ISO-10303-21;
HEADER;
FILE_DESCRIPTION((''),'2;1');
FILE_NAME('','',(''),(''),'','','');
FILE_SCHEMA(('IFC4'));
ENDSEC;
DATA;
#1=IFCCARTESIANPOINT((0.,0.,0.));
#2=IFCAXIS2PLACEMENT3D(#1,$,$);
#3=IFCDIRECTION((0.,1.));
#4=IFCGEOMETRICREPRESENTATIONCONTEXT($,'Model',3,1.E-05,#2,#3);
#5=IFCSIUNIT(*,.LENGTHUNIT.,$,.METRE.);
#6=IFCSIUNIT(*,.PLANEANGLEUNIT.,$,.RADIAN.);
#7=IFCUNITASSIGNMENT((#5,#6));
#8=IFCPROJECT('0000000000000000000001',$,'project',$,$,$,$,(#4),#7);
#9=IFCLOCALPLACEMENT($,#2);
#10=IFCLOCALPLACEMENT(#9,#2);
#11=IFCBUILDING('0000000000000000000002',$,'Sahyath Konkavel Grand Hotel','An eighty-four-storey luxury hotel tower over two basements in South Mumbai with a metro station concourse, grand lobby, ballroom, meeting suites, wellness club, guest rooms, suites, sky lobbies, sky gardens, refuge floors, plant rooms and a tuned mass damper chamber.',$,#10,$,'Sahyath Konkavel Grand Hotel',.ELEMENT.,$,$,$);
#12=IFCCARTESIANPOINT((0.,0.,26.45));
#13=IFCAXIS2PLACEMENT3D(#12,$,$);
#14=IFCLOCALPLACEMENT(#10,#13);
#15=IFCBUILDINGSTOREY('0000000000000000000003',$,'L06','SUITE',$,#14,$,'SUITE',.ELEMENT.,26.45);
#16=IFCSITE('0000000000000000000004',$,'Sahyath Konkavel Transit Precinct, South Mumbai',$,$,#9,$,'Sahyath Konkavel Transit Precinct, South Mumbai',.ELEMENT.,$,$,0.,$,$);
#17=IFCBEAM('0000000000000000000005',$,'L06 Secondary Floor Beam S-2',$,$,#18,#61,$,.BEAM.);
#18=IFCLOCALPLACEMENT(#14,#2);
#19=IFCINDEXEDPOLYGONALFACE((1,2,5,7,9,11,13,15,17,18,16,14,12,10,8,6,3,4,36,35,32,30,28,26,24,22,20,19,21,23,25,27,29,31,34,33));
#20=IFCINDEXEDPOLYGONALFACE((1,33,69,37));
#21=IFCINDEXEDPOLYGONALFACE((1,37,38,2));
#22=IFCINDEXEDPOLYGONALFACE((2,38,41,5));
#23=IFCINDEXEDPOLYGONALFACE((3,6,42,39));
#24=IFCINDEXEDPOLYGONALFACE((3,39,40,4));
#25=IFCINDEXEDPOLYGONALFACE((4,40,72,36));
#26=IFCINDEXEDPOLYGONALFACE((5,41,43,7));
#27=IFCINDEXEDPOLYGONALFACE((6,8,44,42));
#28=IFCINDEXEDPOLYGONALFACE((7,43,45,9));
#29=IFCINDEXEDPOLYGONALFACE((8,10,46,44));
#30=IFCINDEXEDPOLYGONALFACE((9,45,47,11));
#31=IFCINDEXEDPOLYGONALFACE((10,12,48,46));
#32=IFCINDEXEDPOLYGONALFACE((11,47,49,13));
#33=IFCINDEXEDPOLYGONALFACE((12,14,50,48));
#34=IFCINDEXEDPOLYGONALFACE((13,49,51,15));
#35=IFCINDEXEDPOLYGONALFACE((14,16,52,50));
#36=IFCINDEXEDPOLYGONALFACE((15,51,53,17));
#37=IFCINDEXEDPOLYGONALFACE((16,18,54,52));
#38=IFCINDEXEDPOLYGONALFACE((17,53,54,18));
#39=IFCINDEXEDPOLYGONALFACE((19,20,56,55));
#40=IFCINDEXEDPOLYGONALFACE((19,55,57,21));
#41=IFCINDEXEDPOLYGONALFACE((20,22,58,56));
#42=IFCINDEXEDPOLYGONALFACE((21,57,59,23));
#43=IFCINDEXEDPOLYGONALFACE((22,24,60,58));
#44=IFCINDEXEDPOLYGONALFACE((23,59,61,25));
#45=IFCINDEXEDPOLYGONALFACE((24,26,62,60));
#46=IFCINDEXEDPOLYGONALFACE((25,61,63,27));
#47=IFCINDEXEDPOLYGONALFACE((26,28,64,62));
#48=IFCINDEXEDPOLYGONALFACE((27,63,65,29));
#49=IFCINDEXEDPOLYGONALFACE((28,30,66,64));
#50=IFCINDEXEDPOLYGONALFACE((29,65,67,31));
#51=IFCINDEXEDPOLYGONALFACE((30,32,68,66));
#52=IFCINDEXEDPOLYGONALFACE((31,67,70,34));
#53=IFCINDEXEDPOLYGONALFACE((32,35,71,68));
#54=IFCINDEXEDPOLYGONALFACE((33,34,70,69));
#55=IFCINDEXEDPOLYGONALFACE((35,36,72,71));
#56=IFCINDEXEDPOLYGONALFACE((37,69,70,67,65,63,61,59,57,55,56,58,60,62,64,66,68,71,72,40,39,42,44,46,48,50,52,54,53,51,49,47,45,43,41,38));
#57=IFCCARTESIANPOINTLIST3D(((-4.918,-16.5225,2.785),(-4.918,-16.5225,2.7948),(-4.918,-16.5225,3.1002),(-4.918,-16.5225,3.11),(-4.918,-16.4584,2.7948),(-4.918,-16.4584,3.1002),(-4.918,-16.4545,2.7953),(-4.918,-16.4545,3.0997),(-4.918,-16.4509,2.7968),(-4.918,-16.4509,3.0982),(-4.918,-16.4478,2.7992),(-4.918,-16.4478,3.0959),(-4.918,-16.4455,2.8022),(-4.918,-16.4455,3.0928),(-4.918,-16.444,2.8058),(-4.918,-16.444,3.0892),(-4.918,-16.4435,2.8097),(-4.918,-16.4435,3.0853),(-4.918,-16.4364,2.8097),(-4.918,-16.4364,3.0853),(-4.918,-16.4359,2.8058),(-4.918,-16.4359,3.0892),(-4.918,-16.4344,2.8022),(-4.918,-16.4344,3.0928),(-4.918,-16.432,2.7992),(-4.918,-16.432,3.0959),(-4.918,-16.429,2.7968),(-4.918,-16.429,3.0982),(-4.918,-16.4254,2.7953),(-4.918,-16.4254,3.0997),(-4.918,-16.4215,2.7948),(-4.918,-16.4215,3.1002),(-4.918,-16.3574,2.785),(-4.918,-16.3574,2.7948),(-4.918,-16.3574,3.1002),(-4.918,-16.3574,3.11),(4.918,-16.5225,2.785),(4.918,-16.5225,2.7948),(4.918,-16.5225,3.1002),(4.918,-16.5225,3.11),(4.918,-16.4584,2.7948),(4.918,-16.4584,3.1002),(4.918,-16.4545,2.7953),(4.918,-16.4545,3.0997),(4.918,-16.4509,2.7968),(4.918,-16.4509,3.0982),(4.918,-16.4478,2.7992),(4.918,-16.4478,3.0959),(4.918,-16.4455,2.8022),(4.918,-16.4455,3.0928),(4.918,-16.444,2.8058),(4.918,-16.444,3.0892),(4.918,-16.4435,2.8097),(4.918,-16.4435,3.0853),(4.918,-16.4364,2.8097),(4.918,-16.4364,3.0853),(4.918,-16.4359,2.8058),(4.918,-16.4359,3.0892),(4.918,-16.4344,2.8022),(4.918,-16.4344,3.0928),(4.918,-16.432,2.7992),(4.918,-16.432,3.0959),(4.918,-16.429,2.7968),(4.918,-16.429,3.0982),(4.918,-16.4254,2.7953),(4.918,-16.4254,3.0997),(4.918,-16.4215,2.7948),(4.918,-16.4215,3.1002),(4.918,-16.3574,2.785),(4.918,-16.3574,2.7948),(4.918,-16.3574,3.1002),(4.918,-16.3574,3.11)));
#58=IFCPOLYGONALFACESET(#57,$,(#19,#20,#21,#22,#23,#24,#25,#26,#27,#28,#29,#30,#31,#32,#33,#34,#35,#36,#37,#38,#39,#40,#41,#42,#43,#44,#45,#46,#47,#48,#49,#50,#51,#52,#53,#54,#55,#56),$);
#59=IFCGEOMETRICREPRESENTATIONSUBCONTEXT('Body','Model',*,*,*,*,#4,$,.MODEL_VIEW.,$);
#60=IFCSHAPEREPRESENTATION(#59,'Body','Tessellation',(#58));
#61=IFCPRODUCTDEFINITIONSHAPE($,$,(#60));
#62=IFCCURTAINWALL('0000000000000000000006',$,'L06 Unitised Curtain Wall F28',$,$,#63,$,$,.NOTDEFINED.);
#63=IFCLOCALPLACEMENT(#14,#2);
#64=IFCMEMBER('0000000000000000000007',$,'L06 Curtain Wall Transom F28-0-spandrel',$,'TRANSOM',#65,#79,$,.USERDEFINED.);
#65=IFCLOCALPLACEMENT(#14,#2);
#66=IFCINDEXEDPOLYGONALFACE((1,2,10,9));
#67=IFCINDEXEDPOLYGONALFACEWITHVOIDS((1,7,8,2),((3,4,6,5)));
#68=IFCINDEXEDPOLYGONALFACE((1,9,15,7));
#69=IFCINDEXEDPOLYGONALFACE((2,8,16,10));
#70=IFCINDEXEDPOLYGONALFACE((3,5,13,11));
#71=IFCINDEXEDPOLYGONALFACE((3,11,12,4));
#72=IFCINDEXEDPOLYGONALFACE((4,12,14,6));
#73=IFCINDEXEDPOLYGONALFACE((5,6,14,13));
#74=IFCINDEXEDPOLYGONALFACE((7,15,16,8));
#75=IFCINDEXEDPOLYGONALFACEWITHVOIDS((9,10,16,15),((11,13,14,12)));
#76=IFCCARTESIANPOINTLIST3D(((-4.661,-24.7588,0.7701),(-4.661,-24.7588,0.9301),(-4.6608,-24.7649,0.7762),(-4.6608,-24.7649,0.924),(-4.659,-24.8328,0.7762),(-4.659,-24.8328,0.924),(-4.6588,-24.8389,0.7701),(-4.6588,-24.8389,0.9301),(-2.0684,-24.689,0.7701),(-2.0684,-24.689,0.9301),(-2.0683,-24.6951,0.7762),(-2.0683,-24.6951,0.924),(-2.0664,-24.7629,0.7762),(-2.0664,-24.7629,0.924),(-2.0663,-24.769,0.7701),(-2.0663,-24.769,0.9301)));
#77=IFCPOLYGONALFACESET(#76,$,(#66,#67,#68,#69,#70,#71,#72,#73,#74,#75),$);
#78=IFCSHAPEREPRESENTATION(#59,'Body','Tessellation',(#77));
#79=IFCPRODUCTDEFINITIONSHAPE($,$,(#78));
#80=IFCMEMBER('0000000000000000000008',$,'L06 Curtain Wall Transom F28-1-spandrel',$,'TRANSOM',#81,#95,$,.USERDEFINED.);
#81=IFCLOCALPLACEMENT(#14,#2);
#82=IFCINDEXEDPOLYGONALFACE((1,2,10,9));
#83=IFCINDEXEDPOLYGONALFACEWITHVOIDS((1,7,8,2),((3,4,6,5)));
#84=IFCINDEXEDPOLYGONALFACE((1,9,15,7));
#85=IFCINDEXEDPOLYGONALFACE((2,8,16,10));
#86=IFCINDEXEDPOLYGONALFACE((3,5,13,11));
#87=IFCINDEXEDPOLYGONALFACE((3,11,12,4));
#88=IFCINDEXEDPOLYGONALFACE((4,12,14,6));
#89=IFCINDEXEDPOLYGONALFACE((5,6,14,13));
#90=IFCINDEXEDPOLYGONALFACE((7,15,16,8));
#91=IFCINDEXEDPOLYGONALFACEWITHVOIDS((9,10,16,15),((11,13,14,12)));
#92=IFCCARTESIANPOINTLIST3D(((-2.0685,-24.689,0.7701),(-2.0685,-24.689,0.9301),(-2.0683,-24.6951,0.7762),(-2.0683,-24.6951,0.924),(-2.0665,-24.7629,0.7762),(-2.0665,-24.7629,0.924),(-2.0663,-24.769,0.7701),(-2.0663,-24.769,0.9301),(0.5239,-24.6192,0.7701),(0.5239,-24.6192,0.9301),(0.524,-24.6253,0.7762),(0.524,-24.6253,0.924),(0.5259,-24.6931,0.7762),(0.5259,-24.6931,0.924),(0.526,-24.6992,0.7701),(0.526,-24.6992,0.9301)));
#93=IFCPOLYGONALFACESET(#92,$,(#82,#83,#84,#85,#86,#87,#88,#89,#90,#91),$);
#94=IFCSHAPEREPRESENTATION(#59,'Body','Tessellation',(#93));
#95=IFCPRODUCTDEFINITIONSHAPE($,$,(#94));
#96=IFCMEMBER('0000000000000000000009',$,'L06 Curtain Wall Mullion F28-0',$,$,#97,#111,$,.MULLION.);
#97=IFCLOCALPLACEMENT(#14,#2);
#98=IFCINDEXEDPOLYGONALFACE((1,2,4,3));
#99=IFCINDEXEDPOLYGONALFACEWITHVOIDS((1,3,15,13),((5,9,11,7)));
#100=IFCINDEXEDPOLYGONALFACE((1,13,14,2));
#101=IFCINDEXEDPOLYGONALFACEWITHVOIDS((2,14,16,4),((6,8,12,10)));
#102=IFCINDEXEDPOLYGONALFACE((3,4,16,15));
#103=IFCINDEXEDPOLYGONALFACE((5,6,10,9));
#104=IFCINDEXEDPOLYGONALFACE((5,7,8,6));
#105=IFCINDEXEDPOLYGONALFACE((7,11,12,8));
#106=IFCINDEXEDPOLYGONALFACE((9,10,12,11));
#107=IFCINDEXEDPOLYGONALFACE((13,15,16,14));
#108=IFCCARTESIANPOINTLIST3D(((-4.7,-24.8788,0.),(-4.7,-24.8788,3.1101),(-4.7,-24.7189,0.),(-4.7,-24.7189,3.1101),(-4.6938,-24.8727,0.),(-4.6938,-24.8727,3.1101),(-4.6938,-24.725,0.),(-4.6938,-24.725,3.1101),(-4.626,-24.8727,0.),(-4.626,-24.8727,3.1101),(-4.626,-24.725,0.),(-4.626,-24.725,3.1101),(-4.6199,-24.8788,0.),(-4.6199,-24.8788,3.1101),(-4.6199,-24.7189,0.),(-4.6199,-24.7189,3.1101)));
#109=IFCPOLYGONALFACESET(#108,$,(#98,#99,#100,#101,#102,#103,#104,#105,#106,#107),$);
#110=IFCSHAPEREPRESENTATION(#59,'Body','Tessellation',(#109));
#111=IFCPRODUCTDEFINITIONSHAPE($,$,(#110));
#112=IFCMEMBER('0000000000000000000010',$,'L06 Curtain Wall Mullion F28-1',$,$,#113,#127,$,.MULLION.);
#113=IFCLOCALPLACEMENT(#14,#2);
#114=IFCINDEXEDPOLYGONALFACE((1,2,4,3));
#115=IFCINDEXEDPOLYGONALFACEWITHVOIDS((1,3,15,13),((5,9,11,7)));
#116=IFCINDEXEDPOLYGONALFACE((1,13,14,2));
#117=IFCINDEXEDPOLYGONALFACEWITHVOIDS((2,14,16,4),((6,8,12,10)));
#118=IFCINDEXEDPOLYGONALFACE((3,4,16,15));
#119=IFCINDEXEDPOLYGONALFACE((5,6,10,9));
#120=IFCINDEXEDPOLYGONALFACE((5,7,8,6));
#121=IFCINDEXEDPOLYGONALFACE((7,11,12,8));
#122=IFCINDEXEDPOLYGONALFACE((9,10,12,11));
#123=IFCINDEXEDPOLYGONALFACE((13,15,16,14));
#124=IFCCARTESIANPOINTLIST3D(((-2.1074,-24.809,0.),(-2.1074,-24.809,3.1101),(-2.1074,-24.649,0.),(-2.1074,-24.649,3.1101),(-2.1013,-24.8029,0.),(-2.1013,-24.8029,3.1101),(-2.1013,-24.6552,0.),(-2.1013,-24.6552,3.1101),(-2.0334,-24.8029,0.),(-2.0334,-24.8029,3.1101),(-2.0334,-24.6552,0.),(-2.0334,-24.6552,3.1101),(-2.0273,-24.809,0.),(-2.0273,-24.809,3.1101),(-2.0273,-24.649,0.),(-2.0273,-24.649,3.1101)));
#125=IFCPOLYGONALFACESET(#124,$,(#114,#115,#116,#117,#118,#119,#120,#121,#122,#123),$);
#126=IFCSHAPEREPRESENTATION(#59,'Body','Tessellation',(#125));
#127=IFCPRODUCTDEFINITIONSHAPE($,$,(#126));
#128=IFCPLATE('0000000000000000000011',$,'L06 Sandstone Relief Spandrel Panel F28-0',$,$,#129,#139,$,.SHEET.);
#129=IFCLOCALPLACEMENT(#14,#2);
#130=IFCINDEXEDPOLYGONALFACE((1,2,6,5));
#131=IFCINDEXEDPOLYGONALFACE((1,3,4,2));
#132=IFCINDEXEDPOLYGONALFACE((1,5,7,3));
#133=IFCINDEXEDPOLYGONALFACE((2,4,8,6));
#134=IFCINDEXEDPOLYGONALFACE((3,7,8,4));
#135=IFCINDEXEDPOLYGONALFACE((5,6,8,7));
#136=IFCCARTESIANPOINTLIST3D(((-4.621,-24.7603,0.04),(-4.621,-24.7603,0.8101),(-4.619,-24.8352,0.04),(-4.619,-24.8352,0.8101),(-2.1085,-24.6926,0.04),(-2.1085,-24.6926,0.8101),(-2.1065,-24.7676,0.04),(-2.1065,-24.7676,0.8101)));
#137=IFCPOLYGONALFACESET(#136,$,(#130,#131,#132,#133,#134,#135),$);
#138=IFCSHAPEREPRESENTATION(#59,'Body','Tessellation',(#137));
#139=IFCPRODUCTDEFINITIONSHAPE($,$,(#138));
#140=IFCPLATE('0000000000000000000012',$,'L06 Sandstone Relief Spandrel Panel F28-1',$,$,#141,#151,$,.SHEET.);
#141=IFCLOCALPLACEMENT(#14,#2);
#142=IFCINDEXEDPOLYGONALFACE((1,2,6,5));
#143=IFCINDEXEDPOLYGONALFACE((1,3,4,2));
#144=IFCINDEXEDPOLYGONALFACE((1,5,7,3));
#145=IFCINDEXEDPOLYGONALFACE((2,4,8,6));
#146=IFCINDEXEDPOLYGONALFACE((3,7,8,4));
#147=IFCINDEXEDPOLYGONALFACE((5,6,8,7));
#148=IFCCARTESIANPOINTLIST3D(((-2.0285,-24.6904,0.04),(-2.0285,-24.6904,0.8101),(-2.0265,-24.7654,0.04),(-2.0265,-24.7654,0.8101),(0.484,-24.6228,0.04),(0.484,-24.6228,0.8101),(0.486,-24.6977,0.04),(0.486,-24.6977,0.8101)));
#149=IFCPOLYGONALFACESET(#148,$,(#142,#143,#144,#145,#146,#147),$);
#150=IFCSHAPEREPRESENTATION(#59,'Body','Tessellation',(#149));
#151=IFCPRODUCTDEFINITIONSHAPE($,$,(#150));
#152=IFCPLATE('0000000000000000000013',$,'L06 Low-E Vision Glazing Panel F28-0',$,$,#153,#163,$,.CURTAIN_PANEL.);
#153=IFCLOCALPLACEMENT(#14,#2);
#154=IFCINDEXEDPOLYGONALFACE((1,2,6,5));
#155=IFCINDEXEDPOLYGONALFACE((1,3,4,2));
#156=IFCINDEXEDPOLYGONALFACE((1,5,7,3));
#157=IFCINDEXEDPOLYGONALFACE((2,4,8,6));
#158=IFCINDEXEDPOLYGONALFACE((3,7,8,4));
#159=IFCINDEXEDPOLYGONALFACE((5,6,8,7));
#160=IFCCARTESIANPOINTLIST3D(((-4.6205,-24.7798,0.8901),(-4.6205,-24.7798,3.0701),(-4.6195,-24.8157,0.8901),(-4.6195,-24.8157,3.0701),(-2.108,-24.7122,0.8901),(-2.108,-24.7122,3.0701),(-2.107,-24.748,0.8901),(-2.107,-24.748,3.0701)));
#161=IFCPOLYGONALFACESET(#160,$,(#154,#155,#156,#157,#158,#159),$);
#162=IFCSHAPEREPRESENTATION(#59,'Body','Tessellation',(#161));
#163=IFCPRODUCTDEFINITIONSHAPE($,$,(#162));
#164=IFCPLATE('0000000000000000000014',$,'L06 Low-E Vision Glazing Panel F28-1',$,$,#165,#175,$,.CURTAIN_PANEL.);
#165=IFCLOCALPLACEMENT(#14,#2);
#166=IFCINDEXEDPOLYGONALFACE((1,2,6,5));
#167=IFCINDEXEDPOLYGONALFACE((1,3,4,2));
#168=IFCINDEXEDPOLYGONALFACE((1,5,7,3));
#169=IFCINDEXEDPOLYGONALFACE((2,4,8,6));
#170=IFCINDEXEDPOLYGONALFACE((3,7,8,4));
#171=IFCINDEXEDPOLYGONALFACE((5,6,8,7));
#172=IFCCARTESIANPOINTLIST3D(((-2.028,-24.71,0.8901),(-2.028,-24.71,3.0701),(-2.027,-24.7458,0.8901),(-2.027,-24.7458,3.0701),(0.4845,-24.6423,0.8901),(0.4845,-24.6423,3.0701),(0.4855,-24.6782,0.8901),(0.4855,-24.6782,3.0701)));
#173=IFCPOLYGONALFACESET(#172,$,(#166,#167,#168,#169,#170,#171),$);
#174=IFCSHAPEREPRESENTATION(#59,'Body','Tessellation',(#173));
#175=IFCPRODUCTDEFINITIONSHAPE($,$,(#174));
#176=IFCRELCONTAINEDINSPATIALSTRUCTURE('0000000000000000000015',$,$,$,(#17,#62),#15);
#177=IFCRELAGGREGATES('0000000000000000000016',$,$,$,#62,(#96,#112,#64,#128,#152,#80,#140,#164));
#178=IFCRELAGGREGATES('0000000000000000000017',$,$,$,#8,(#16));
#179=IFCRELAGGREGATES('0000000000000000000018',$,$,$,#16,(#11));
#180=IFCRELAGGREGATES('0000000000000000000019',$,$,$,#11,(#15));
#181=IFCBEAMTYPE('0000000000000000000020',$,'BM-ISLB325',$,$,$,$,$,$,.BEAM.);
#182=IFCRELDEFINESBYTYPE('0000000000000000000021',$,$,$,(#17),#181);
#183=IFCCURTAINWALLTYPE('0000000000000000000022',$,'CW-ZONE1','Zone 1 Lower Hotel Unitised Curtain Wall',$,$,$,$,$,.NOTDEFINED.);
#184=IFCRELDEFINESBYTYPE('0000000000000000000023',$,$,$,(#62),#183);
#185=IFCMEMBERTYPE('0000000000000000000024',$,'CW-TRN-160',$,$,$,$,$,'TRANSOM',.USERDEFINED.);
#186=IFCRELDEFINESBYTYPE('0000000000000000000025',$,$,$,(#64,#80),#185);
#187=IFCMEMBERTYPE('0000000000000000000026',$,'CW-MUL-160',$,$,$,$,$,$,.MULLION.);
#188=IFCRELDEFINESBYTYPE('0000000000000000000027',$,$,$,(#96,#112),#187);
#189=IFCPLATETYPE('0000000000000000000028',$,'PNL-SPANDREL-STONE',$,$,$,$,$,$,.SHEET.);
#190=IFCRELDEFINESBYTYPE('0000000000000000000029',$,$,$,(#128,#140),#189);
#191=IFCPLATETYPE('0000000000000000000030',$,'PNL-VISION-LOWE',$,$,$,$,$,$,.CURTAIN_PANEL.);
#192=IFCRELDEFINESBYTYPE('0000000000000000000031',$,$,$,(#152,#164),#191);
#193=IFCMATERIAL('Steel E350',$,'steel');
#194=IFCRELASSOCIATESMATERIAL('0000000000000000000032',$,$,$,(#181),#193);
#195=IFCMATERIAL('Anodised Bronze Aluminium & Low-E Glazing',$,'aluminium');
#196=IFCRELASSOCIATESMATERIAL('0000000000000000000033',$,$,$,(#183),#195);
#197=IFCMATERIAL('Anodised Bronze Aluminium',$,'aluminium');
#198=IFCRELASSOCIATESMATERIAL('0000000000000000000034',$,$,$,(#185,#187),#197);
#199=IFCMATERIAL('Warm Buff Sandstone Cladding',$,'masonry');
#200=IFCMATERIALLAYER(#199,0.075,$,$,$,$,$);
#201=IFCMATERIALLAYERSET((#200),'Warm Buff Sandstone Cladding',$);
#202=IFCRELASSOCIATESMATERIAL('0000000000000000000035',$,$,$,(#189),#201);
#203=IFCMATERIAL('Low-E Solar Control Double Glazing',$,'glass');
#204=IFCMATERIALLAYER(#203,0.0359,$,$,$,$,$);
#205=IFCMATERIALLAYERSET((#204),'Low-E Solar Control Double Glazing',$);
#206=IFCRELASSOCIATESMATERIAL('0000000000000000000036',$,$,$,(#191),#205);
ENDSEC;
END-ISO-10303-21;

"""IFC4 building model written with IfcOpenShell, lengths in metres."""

from ifc_helpers import new_model, si_unit, direction, frame, origin, origin_2d, place, context, subcontext, project, spatial, rectangle, hollow_rectangle, i_section, extrude, source, transform, mapped, material, layer, layer_set, material_profile, profile_set, type_object, element, aggregate, save


model = new_model("IFC4")

# Units and contexts
model_context = context("Model", 3, precision=1e-05, world=origin(), true_north=direction((0.0, 1.0)))
body_context = subcontext(model_context, "Body", "Model", "MODEL_VIEW")
ifc_project = project(units=[si_unit("LENGTHUNIT", "METRE"), si_unit("PLANEANGLEUNIT", "RADIAN")], contexts=[model_context])

# Site, building, storey
site_placement = place(None, origin())
site = spatial("IfcSite", under=ifc_project, at=site_placement, Name="Sahyath Konkavel Transit Precinct, South Mumbai", LongName="Sahyath Konkavel Transit Precinct, South Mumbai", CompositionType="ELEMENT", RefElevation=0.0)
building_placement = place(site_placement, origin())
building = spatial("IfcBuilding", under=site, at=building_placement, Name="Sahyath Konkavel Grand Hotel", Description="An eighty-four-storey luxury hotel tower over two basements in South Mumbai with a metro station concourse, grand lobby, ballroom, meeting suites, wellness club, guest rooms, suites, sky lobbies, sky gardens, refuge floors, plant rooms and a tuned mass damper chamber.", LongName="Sahyath Konkavel Grand Hotel", CompositionType="ELEMENT")
storey_placement = place(building_placement, frame((0.0, 0.0, 26.45)))
storey = spatial("IfcBuildingStorey", under=building, at=storey_placement, Name="L06", Description="SUITE", LongName="SUITE", CompositionType="ELEMENT", Elevation=26.45)

# Beam
ifc_material_1 = material(Name="Steel E350", Category="steel")
ifc_material_profile_1 = material_profile(ifc_material_1, i_section(OverallWidth=0.165, OverallDepth=0.325, WebThickness=0.0071, FlangeThickness=0.0098, FilletRadius=0.0149, at=origin_2d()), Name="ISLB 325")
ifc_profile_set_1 = profile_set([ifc_material_profile_1], Name="Steel E350")
beam_type_1 = type_object("IfcBeamType", Name="BM-ISLB325", PredefinedType="BEAM", material=ifc_profile_set_1)
shared_shape_1 = source(origin(), body_context, "Body", "SweptSolid", [
    extrude(i_section(OverallWidth=0.165, OverallDepth=0.325, WebThickness=0.0071, FlangeThickness=0.0098, FilletRadius=0.0149, at=origin_2d()), origin(), (0.0, 0.0, 1.0), 9.8359),
])
beam_1_placement = place(storey_placement, frame((-4.918, -16.4399, 2.9475), z_axis=(1.0, 0.0, 0.0), x_axis=(0.0, 1.0, 0.0)))
element("IfcBeam", 1, at=beam_1_placement, inside=storey, type_object=beam_type_1, Name="L06 Secondary Floor Beam S-2", PredefinedType="BEAM", context=body_context, shape_type="MappedRepresentation", body=[
    mapped(shared_shape_1, transform((0.0, 0.0, 0.0), scale=1.0)),
])

# Curtain wall, members, plates
ifc_material_2 = material(Name="Anodised Bronze Aluminium & Low-E Glazing", Category="aluminium")
curtain_wall_type = type_object("IfcCurtainWallType", Name="CW-ZONE1", Description="Zone 1 Lower Hotel Unitised Curtain Wall", PredefinedType="NOTDEFINED", material=ifc_material_2)
curtain_wall_placement = place(storey_placement, origin())
curtain_wall = element("IfcCurtainWall", 2, at=curtain_wall_placement, inside=storey, type_object=curtain_wall_type, Name="L06 Unitised Curtain Wall F28", PredefinedType="NOTDEFINED")
ifc_material_3 = material(Name="Anodised Bronze Aluminium", Category="aluminium")
ifc_material_profile_2 = material_profile(ifc_material_3, hollow_rectangle(XDim=0.0801, YDim=0.1599, WallThickness=0.0061, at=origin_2d()), Name="RHS 160x80x6")
ifc_profile_set_2 = profile_set([ifc_material_profile_2], Name="Anodised Bronze Aluminium")
member_type_1 = type_object("IfcMemberType", Name="CW-TRN-160", ElementType="TRANSOM", PredefinedType="USERDEFINED", material=ifc_profile_set_2)
shared_shape_2 = source(origin(), body_context, "Body", "SweptSolid", [
    extrude(hollow_rectangle(XDim=0.0801, YDim=0.1599, WallThickness=0.0061, at=origin_2d()), origin(), (0.0, 0.0, 1.0), 2.5935),
])
member_1_placement = place(storey_placement, frame((-4.6599, -24.7988, 0.8501), z_axis=(0.999638, 0.026923, 0.0), x_axis=(-0.026923, 0.999638, 0.0)))
member_1 = element("IfcMember", 3, at=member_1_placement, type_object=member_type_1, Name="L06 Curtain Wall Transom F28-0-spandrel", ObjectType="TRANSOM", PredefinedType="USERDEFINED", context=body_context, shape_type="MappedRepresentation", body=[
    mapped(shared_shape_2, transform((0.0, 0.0, 0.0), scale=1.0)),
])
shared_shape_3 = source(origin(), body_context, "Body", "SweptSolid", [
    extrude(hollow_rectangle(XDim=0.0801, YDim=0.1599, WallThickness=0.0061, at=origin_2d()), origin(), (0.0, 0.0, 1.0), 2.5933),
])
member_2_placement = place(storey_placement, frame((-2.0674, -24.729, 0.8501), z_axis=(0.999637, 0.026926, 0.0), x_axis=(-0.026926, 0.999637, 0.0)))
member_2 = element("IfcMember", 4, at=member_2_placement, type_object=member_type_1, Name="L06 Curtain Wall Transom F28-1-spandrel", ObjectType="TRANSOM", PredefinedType="USERDEFINED", context=body_context, shape_type="MappedRepresentation", body=[
    mapped(shared_shape_3, transform((0.0, 0.0, 0.0), scale=1.0)),
])
ifc_material_profile_3 = material_profile(ifc_material_3, hollow_rectangle(XDim=0.0801, YDim=0.1599, WallThickness=0.0061, at=origin_2d()), Name="RHS 160x80x6")
ifc_profile_set_3 = profile_set([ifc_material_profile_3], Name="Anodised Bronze Aluminium")
member_type_2 = type_object("IfcMemberType", Name="CW-MUL-160", PredefinedType="MULLION", material=ifc_profile_set_3)
shared_shape_4 = source(origin(), body_context, "Body", "SweptSolid", [
    extrude(hollow_rectangle(XDim=0.0801, YDim=0.1599, WallThickness=0.0061, at=origin_2d()), origin(), (0.0, 0.0, 1.0), 3.1101),
])
member_3_placement = place(storey_placement, frame((-4.6599, -24.7988, 0.0), z_axis=(0.0, 0.0, 1.0), x_axis=(1.0, 0.0, 0.0)))
member_3 = element("IfcMember", 5, at=member_3_placement, type_object=member_type_2, Name="L06 Curtain Wall Mullion F28-0", PredefinedType="MULLION", context=body_context, shape_type="MappedRepresentation", body=[
    mapped(shared_shape_4, transform((0.0, 0.0, 0.0), scale=1.0)),
])
member_4_placement = place(storey_placement, frame((-2.0674, -24.729, 0.0), z_axis=(0.0, 0.0, 1.0), x_axis=(1.0, 0.0, 0.0)))
member_4 = element("IfcMember", 6, at=member_4_placement, type_object=member_type_2, Name="L06 Curtain Wall Mullion F28-1", PredefinedType="MULLION", context=body_context, shape_type="MappedRepresentation", body=[
    mapped(shared_shape_4, transform((0.0, 0.0, 0.0), scale=1.0)),
])
ifc_material_4 = material(Name="Warm Buff Sandstone Cladding", Category="masonry")
ifc_layer_1 = layer(ifc_material_4, 0.075)
ifc_layer_set_1 = layer_set([ifc_layer_1], Name="Warm Buff Sandstone Cladding")
plate_type_1 = type_object("IfcPlateType", Name="PNL-SPANDREL-STONE", PredefinedType="SHEET", material=ifc_layer_set_1)
shared_shape_5 = source(origin(), body_context, "Body", "SweptSolid", [
    extrude(rectangle(XDim=2.5134, YDim=0.075, at=origin_2d()), origin(), (0.0, 0.0, 1.0), 0.77),
])
plate_1_placement = place(storey_placement, frame((-3.3638, -24.7639, 0.04), z_axis=(0.0, 0.0, 1.0), x_axis=(0.999638, 0.02691, 0.0)))
plate_1 = element("IfcPlate", 7, at=plate_1_placement, type_object=plate_type_1, Name="L06 Sandstone Relief Spandrel Panel F28-0", PredefinedType="SHEET", context=body_context, shape_type="MappedRepresentation", body=[
    mapped(shared_shape_5, transform((0.0, 0.0, 0.0), scale=1.0)),
])
plate_2_placement = place(storey_placement, frame((-0.7712, -24.6941, 0.04), z_axis=(0.0, 0.0, 1.0), x_axis=(0.999638, 0.02691, 0.0)))
plate_2 = element("IfcPlate", 8, at=plate_2_placement, type_object=plate_type_1, Name="L06 Sandstone Relief Spandrel Panel F28-1", PredefinedType="SHEET", context=body_context, shape_type="MappedRepresentation", body=[
    mapped(shared_shape_5, transform((0.0, 0.0, 0.0), scale=1.0)),
])
ifc_material_5 = material(Name="Low-E Solar Control Double Glazing", Category="glass")
ifc_layer_2 = layer(ifc_material_5, 0.0359)
ifc_layer_set_2 = layer_set([ifc_layer_2], Name="Low-E Solar Control Double Glazing")
plate_type_2 = type_object("IfcPlateType", Name="PNL-VISION-LOWE", PredefinedType="CURTAIN_PANEL", material=ifc_layer_set_2)
shared_shape_6 = source(origin(), body_context, "Body", "SweptSolid", [
    extrude(rectangle(XDim=2.5134, YDim=0.0359, at=origin_2d()), origin(), (0.0, 0.0, 1.0), 2.1799),
])
plate_3_placement = place(storey_placement, frame((-3.3638, -24.7639, 0.8901), z_axis=(0.0, 0.0, 1.0), x_axis=(0.999638, 0.02691, 0.0)))
plate_3 = element("IfcPlate", 9, at=plate_3_placement, type_object=plate_type_2, Name="L06 Low-E Vision Glazing Panel F28-0", PredefinedType="CURTAIN_PANEL", context=body_context, shape_type="MappedRepresentation", body=[
    mapped(shared_shape_6, transform((0.0, 0.0, 0.0), scale=1.0)),
])
plate_4_placement = place(storey_placement, frame((-0.7712, -24.6941, 0.8901), z_axis=(0.0, 0.0, 1.0), x_axis=(0.999638, 0.02691, 0.0)))
plate_4 = element("IfcPlate", 10, at=plate_4_placement, type_object=plate_type_2, Name="L06 Low-E Vision Glazing Panel F28-1", PredefinedType="CURTAIN_PANEL", context=body_context, shape_type="MappedRepresentation", body=[
    mapped(shared_shape_6, transform((0.0, 0.0, 0.0), scale=1.0)),
])
aggregate(curtain_wall, [member_3, member_4, member_1, plate_1, plate_3, member_2, plate_2, plate_4])

save(model, "model.ifc")
